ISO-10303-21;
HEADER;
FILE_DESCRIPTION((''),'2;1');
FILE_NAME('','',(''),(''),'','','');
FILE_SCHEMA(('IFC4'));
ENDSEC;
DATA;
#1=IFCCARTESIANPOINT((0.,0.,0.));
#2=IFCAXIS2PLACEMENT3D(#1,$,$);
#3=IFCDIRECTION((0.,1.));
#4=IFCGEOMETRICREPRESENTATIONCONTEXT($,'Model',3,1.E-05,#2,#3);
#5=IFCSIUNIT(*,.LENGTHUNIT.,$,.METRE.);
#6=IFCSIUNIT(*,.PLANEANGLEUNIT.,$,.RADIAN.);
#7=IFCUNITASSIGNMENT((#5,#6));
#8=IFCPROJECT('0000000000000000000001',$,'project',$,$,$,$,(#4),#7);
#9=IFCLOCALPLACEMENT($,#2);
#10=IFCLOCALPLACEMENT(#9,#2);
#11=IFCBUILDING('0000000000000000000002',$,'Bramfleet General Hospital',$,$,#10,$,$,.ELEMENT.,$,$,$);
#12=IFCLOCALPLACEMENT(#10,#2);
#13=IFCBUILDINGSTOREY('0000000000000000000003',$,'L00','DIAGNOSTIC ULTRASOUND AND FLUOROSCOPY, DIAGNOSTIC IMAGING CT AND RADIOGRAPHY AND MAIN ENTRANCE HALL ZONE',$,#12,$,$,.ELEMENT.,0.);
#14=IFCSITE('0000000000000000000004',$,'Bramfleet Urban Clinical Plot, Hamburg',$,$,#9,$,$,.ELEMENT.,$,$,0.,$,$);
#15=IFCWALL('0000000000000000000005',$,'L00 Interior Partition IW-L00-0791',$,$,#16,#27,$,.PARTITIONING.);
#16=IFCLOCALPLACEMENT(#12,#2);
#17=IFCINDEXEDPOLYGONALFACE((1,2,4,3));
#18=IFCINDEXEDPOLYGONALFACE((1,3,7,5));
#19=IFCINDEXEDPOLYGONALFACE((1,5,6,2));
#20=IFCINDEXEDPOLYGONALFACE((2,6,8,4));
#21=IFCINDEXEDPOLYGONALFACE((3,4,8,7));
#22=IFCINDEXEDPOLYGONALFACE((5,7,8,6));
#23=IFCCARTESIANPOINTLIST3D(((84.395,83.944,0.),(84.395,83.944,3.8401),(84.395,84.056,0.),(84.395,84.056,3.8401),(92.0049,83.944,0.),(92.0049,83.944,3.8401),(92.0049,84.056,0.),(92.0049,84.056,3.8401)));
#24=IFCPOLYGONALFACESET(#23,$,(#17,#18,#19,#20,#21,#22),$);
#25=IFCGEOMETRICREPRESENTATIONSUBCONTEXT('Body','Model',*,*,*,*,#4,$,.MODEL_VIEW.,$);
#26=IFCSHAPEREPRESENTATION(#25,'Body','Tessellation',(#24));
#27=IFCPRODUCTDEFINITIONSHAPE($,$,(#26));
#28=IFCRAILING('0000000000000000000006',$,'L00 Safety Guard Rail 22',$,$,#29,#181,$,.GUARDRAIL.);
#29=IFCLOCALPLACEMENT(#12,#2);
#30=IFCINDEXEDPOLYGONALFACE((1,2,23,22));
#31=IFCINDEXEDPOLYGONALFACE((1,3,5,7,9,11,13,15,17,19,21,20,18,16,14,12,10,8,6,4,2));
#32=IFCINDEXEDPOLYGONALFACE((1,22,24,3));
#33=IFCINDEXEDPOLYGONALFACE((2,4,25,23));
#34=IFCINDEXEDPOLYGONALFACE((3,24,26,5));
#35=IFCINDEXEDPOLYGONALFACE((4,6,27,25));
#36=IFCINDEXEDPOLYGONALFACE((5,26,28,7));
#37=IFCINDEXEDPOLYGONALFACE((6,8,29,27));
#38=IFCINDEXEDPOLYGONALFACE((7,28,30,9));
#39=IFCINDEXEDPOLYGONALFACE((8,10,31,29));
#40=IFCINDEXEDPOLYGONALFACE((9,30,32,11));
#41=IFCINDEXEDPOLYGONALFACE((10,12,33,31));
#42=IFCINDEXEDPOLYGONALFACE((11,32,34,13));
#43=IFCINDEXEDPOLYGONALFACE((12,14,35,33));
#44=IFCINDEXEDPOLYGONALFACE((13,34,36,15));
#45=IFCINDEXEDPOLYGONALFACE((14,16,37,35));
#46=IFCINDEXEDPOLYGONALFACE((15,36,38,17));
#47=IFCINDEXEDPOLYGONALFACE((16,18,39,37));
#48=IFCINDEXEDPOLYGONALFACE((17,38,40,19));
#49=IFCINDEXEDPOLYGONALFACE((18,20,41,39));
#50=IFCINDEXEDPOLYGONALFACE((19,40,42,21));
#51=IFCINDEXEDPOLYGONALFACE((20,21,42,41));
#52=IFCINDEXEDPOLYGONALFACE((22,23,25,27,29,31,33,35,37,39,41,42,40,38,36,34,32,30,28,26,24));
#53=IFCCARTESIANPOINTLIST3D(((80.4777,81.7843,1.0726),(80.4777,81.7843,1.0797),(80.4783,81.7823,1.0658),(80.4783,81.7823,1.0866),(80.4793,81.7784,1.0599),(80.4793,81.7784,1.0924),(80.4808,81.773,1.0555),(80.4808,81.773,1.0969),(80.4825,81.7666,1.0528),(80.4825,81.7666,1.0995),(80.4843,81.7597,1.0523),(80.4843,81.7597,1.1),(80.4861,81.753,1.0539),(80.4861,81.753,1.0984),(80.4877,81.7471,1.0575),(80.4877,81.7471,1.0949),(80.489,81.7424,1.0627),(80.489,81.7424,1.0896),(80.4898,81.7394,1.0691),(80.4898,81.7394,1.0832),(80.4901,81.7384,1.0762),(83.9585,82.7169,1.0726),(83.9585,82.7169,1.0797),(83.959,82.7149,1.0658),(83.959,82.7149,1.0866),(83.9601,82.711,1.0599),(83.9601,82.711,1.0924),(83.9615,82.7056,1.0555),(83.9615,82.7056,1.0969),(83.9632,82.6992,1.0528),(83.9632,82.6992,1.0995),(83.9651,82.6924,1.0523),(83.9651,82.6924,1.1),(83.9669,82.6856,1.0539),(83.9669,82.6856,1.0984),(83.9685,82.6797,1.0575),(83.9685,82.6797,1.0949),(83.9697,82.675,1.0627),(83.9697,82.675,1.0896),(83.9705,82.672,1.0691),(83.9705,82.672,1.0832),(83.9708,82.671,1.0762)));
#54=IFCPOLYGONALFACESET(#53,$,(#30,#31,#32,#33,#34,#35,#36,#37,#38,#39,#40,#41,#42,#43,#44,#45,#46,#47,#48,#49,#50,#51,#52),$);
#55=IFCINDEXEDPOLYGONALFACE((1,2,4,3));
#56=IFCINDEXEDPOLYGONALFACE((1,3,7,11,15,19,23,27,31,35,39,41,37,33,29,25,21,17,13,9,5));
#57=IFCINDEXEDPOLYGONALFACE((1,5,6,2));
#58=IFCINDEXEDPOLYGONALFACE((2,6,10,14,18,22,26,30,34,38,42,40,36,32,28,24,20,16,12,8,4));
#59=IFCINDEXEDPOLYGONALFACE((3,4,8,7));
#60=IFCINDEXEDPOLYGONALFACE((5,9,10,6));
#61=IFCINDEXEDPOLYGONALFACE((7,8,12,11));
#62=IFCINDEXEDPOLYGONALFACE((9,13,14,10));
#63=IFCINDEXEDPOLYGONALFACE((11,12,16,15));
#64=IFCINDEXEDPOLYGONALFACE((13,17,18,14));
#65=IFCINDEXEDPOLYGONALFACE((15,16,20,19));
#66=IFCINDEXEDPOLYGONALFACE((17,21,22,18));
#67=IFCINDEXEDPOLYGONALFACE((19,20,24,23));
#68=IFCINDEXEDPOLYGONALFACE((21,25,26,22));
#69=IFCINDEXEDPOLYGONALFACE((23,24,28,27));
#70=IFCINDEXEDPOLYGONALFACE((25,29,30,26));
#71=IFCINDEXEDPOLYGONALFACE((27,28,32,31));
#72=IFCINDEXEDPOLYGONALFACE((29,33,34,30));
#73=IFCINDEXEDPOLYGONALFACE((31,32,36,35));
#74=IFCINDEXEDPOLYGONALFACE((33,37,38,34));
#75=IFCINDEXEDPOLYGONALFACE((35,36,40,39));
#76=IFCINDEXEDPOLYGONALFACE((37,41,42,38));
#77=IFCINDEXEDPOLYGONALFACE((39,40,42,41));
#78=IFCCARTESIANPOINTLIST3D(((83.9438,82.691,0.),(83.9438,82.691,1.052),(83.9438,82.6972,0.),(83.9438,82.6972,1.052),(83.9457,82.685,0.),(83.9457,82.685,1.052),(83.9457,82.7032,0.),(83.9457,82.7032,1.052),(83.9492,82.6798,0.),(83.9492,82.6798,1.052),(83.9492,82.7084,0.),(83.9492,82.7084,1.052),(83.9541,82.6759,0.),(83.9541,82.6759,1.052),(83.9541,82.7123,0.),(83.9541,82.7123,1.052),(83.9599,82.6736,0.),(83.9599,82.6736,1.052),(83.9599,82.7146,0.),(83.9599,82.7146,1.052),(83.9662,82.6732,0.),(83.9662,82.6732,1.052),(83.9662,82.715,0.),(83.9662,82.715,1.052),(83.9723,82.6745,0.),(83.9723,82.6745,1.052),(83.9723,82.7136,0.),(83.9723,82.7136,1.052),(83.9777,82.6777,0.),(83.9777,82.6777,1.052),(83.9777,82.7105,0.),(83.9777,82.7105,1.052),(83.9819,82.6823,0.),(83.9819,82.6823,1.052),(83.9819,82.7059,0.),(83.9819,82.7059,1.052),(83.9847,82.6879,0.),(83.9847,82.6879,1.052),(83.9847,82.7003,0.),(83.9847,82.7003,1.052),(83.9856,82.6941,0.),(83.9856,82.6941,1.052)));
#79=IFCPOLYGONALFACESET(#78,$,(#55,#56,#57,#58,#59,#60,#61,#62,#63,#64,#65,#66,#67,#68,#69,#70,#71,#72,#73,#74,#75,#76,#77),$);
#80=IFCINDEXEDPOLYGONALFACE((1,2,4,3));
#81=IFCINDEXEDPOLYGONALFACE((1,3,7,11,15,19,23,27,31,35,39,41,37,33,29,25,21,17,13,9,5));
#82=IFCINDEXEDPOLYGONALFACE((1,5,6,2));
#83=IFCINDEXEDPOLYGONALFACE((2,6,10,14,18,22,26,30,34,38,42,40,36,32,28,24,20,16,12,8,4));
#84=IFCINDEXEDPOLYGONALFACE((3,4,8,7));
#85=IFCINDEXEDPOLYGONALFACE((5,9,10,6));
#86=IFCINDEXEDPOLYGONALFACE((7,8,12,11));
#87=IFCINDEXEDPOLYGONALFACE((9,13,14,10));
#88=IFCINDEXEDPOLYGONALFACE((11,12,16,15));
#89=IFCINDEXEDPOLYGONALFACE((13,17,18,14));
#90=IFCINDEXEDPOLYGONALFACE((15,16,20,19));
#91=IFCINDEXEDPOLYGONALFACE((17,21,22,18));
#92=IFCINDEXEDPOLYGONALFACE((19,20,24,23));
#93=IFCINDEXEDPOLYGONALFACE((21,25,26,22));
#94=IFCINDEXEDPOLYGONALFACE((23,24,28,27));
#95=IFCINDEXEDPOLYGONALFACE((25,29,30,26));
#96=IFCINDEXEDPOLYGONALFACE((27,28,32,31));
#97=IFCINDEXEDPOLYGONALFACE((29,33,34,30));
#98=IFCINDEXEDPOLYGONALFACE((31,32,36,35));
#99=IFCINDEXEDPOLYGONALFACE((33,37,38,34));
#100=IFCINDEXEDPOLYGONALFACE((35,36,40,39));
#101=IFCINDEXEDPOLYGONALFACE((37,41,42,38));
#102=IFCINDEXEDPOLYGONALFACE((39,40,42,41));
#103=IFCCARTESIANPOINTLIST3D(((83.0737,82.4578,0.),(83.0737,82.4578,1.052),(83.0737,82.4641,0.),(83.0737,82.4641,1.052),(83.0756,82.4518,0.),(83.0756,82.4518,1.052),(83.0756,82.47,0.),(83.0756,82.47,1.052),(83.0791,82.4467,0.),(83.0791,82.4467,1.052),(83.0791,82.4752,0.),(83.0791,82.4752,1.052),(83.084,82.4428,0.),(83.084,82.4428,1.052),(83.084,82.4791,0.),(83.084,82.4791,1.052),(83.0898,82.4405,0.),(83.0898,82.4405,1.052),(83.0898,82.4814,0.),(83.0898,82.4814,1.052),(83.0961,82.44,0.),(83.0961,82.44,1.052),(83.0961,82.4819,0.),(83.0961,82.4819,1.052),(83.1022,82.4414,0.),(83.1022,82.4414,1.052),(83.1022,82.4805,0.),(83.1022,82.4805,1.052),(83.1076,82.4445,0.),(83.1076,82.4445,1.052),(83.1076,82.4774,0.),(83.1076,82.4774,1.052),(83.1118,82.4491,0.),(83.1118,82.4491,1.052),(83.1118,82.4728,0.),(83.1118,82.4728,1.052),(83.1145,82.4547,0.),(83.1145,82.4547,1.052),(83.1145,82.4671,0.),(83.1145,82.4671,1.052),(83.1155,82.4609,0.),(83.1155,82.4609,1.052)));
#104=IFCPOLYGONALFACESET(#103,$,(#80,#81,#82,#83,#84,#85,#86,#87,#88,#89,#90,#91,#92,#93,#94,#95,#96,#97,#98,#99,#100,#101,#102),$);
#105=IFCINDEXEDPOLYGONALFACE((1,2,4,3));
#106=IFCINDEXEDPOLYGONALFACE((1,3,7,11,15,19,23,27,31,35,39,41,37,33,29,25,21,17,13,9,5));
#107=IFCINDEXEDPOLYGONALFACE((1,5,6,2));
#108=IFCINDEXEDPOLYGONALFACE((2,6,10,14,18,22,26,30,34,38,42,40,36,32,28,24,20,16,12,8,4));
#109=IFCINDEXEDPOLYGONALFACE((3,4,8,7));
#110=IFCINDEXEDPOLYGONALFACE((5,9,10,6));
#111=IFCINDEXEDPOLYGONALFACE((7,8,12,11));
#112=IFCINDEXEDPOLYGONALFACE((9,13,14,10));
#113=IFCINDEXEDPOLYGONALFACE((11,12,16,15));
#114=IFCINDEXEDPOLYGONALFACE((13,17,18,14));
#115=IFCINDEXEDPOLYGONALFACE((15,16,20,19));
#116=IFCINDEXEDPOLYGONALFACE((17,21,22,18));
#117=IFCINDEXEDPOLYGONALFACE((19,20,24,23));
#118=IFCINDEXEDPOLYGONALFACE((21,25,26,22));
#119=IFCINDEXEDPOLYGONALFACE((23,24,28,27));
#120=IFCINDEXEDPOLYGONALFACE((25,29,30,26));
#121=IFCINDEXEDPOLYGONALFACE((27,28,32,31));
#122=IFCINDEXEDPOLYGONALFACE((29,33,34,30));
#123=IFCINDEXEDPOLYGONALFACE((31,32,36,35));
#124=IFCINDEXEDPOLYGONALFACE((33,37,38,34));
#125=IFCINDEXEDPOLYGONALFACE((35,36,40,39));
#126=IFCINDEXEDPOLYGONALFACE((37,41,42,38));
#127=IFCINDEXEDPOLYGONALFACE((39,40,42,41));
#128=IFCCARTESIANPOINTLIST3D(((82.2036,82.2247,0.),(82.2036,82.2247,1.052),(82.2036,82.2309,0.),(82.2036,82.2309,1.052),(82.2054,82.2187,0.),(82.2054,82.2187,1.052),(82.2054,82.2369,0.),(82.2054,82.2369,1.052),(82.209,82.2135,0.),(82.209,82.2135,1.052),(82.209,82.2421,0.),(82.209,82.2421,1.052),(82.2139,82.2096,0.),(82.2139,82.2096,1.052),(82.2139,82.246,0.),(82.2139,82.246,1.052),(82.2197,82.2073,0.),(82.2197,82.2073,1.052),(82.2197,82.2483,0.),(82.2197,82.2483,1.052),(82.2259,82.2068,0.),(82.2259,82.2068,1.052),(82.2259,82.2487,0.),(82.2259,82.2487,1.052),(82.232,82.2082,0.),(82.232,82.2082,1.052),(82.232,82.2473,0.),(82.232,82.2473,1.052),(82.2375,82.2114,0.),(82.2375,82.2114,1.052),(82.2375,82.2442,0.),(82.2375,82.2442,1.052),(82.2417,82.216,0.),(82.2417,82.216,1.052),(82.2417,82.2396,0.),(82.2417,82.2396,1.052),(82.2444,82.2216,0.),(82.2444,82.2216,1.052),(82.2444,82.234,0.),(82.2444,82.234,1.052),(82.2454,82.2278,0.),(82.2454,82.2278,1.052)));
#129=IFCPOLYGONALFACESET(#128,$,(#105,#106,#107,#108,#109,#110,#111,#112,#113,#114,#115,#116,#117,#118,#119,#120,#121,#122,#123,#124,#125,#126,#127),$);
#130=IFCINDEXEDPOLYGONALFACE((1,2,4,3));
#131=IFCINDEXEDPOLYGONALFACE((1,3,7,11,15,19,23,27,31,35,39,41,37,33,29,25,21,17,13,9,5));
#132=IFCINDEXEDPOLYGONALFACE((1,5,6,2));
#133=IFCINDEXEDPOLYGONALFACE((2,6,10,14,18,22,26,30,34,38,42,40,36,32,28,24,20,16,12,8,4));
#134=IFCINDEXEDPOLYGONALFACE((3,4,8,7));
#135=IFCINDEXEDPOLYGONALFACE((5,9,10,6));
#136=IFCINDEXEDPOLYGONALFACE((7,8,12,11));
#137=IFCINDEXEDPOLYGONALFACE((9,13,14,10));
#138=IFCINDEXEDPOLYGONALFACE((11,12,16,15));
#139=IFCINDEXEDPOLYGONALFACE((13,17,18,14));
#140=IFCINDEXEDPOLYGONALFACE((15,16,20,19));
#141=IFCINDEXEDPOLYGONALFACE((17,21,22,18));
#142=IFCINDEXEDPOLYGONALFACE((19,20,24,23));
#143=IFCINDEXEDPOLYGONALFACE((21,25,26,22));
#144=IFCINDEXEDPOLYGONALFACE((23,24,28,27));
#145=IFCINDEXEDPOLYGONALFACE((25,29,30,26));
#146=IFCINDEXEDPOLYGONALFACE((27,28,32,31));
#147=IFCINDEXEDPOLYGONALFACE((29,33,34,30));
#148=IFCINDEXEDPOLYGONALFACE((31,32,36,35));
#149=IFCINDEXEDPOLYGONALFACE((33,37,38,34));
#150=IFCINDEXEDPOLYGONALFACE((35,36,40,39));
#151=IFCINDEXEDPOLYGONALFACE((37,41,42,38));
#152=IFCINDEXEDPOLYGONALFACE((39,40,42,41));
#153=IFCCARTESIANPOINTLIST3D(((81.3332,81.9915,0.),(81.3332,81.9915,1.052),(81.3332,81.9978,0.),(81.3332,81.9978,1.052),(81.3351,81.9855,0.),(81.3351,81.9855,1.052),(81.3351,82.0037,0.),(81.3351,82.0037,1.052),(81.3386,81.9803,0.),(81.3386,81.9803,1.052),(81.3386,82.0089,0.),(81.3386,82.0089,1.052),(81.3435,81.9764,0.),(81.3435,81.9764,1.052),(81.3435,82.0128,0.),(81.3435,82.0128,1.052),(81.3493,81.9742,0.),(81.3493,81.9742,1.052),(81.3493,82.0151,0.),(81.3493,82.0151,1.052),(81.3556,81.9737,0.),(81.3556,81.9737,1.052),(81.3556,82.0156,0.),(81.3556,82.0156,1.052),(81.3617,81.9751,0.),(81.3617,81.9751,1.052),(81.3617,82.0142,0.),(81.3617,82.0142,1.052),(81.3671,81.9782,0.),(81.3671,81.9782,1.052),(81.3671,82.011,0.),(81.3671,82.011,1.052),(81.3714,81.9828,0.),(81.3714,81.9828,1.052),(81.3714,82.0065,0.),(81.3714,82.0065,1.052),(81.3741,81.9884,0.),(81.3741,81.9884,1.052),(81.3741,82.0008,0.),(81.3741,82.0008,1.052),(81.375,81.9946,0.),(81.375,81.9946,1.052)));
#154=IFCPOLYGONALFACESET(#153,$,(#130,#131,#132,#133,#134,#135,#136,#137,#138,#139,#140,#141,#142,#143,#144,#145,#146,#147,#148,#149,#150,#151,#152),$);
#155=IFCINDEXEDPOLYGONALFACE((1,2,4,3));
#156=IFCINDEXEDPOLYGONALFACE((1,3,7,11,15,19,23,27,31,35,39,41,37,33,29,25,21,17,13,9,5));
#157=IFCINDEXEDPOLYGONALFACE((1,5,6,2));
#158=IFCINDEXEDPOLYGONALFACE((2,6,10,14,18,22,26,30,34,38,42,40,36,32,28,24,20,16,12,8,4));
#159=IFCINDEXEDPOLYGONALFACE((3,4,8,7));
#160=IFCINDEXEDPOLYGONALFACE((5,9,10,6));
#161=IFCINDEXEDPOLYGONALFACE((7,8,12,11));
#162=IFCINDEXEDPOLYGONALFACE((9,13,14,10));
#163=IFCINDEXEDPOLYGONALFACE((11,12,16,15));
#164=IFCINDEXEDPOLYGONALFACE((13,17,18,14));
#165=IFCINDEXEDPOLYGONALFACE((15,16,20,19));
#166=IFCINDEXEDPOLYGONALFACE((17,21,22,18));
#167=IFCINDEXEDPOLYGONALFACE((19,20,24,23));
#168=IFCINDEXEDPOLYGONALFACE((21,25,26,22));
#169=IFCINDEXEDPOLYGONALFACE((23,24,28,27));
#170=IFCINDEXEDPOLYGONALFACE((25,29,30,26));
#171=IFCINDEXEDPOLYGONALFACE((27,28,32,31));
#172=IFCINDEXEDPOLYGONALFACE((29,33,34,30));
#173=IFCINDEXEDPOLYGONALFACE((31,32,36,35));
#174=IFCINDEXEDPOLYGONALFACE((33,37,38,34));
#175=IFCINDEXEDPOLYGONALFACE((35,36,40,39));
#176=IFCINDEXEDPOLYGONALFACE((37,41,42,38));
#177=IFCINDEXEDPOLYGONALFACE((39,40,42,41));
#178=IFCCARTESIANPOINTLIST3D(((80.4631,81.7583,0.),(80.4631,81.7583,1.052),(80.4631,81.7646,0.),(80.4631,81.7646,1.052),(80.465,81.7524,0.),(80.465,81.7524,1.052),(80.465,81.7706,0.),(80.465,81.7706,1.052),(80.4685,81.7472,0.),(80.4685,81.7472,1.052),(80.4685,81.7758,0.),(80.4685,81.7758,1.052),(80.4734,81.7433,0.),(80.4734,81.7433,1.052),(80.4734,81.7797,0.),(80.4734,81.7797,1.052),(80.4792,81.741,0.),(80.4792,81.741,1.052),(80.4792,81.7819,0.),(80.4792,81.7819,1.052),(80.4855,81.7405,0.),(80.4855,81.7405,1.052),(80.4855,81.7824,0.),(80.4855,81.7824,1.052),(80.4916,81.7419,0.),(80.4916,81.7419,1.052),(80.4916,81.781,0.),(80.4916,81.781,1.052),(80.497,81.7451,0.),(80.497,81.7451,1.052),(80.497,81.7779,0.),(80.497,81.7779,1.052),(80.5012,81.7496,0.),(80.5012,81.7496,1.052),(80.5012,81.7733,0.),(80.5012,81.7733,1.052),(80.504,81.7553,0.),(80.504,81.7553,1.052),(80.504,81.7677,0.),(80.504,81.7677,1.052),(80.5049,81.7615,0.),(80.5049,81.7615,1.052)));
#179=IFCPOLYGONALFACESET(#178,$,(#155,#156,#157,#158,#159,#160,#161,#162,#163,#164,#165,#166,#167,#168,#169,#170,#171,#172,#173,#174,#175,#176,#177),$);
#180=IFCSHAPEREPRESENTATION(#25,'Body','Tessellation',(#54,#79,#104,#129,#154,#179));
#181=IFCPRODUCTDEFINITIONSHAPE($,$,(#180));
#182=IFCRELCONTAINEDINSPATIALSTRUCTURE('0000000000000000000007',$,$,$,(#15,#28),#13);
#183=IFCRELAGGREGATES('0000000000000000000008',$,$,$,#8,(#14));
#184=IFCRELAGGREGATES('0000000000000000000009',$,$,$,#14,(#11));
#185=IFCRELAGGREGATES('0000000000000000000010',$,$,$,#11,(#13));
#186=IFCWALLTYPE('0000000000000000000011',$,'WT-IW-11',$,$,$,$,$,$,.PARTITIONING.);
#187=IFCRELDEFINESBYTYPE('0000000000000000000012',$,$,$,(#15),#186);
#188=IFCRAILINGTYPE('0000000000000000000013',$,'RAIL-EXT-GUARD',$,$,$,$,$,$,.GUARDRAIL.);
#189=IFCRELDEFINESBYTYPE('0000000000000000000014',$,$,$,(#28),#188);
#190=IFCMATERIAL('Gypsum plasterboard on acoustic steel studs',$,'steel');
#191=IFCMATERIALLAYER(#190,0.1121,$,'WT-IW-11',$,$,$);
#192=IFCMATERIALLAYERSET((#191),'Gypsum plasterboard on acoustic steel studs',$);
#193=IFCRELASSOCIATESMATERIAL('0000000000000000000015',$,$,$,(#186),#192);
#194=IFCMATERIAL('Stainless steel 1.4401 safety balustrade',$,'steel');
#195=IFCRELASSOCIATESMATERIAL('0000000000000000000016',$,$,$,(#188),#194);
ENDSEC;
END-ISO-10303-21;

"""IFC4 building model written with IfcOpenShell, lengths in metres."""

from ifc_helpers import new_model, si_unit, direction, frame, frame_2d, origin, origin_2d, place, context, subcontext, project, spatial, rectangle, circle, extrude, material, layer, layer_set, type_object, element, save


model = new_model("IFC4")

# Units and contexts
model_context = context("Model", 3, precision=1e-05, world=origin(), true_north=direction((0.0, 1.0)))
body_context = subcontext(model_context, "Body", "Model", "MODEL_VIEW")
ifc_project = project(units=[si_unit("LENGTHUNIT", "METRE"), si_unit("PLANEANGLEUNIT", "RADIAN")], contexts=[model_context])

# Site, building, storey
site_placement = place(None, origin())
site = spatial("IfcSite", under=ifc_project, at=site_placement, Name="Bramfleet Urban Clinical Plot, Hamburg", CompositionType="ELEMENT", RefElevation=0.0)
building_placement = place(site_placement, origin())
building = spatial("IfcBuilding", under=site, at=building_placement, Name="Bramfleet General Hospital", CompositionType="ELEMENT")
storey_placement = place(building_placement, origin())
storey = spatial("IfcBuildingStorey", under=building, at=storey_placement, Name="L00", Description="DIAGNOSTIC ULTRASOUND AND FLUOROSCOPY, DIAGNOSTIC IMAGING CT AND RADIOGRAPHY AND MAIN ENTRANCE HALL ZONE", CompositionType="ELEMENT", Elevation=0.0)

# Wall
ifc_material_1 = material(Name="Gypsum plasterboard on acoustic steel studs", Category="steel")
ifc_layer_1 = layer(ifc_material_1, 0.1121, Name="WT-IW-11")
ifc_layer_set_1 = layer_set([ifc_layer_1], Name="Gypsum plasterboard on acoustic steel studs")
wall_type_1 = type_object("IfcWallType", Name="WT-IW-11", PredefinedType="PARTITIONING", material=ifc_layer_set_1)
wall_1_placement = place(storey_placement, frame((84.395, 84.0, 0.0), z_axis=(0.0, 0.0, 1.0), x_axis=(1.0, 0.0, 0.0)))
element("IfcWall", 1, at=wall_1_placement, inside=storey, type_object=wall_type_1, Name="L00 Interior Partition IW-L00-0791", PredefinedType="PARTITIONING", context=body_context, shape_type="SweptSolid", body=[
    extrude(rectangle(XDim=7.6099, YDim=0.1121, at=frame_2d((3.8049, 0.0))), origin(), (0.0, 0.0, 1.0), 3.8401),
])

# Railing
ifc_material_2 = material(Name="Stainless steel 1.4401 safety balustrade", Category="steel")
railing_type = type_object("IfcRailingType", Name="RAIL-EXT-GUARD", PredefinedType="GUARDRAIL", material=ifc_material_2)
railing_placement = place(storey_placement, frame((83.9646, 82.6941, 0.0)))
element("IfcRailing", 2, at=railing_placement, inside=storey, type_object=railing_type, Name="L00 Safety Guard Rail 22", PredefinedType="GUARDRAIL", context=body_context, shape_type="SweptSolid", body=[
    extrude(circle(Radius=0.0239, at=origin_2d()), frame((0.0, 0.0, 1.0762), z_axis=(-0.965928, -0.258809, 0.0), x_axis=(0.258809, -0.965928, 0.0)), (0.0, 0.0, 1.0), 3.6035),
    extrude(circle(Radius=0.021, at=origin_2d()), origin(), (0.0, 0.0, 1.0), 1.052),
    extrude(circle(Radius=0.021, at=origin_2d()), frame((-0.8701, -0.2332, 0.0)), (0.0, 0.0, 1.0), 1.052),
    extrude(circle(Radius=0.021, at=origin_2d()), frame((-1.7402, -0.4663, 0.0)), (0.0, 0.0, 1.0), 1.052),
    extrude(circle(Radius=0.021, at=origin_2d()), frame((-2.6106, -0.6995, 0.0)), (0.0, 0.0, 1.0), 1.052),
    extrude(circle(Radius=0.021, at=origin_2d()), frame((-3.4807, -0.9326, 0.0)), (0.0, 0.0, 1.0), 1.052),
])

save(model, "model.ifc")
